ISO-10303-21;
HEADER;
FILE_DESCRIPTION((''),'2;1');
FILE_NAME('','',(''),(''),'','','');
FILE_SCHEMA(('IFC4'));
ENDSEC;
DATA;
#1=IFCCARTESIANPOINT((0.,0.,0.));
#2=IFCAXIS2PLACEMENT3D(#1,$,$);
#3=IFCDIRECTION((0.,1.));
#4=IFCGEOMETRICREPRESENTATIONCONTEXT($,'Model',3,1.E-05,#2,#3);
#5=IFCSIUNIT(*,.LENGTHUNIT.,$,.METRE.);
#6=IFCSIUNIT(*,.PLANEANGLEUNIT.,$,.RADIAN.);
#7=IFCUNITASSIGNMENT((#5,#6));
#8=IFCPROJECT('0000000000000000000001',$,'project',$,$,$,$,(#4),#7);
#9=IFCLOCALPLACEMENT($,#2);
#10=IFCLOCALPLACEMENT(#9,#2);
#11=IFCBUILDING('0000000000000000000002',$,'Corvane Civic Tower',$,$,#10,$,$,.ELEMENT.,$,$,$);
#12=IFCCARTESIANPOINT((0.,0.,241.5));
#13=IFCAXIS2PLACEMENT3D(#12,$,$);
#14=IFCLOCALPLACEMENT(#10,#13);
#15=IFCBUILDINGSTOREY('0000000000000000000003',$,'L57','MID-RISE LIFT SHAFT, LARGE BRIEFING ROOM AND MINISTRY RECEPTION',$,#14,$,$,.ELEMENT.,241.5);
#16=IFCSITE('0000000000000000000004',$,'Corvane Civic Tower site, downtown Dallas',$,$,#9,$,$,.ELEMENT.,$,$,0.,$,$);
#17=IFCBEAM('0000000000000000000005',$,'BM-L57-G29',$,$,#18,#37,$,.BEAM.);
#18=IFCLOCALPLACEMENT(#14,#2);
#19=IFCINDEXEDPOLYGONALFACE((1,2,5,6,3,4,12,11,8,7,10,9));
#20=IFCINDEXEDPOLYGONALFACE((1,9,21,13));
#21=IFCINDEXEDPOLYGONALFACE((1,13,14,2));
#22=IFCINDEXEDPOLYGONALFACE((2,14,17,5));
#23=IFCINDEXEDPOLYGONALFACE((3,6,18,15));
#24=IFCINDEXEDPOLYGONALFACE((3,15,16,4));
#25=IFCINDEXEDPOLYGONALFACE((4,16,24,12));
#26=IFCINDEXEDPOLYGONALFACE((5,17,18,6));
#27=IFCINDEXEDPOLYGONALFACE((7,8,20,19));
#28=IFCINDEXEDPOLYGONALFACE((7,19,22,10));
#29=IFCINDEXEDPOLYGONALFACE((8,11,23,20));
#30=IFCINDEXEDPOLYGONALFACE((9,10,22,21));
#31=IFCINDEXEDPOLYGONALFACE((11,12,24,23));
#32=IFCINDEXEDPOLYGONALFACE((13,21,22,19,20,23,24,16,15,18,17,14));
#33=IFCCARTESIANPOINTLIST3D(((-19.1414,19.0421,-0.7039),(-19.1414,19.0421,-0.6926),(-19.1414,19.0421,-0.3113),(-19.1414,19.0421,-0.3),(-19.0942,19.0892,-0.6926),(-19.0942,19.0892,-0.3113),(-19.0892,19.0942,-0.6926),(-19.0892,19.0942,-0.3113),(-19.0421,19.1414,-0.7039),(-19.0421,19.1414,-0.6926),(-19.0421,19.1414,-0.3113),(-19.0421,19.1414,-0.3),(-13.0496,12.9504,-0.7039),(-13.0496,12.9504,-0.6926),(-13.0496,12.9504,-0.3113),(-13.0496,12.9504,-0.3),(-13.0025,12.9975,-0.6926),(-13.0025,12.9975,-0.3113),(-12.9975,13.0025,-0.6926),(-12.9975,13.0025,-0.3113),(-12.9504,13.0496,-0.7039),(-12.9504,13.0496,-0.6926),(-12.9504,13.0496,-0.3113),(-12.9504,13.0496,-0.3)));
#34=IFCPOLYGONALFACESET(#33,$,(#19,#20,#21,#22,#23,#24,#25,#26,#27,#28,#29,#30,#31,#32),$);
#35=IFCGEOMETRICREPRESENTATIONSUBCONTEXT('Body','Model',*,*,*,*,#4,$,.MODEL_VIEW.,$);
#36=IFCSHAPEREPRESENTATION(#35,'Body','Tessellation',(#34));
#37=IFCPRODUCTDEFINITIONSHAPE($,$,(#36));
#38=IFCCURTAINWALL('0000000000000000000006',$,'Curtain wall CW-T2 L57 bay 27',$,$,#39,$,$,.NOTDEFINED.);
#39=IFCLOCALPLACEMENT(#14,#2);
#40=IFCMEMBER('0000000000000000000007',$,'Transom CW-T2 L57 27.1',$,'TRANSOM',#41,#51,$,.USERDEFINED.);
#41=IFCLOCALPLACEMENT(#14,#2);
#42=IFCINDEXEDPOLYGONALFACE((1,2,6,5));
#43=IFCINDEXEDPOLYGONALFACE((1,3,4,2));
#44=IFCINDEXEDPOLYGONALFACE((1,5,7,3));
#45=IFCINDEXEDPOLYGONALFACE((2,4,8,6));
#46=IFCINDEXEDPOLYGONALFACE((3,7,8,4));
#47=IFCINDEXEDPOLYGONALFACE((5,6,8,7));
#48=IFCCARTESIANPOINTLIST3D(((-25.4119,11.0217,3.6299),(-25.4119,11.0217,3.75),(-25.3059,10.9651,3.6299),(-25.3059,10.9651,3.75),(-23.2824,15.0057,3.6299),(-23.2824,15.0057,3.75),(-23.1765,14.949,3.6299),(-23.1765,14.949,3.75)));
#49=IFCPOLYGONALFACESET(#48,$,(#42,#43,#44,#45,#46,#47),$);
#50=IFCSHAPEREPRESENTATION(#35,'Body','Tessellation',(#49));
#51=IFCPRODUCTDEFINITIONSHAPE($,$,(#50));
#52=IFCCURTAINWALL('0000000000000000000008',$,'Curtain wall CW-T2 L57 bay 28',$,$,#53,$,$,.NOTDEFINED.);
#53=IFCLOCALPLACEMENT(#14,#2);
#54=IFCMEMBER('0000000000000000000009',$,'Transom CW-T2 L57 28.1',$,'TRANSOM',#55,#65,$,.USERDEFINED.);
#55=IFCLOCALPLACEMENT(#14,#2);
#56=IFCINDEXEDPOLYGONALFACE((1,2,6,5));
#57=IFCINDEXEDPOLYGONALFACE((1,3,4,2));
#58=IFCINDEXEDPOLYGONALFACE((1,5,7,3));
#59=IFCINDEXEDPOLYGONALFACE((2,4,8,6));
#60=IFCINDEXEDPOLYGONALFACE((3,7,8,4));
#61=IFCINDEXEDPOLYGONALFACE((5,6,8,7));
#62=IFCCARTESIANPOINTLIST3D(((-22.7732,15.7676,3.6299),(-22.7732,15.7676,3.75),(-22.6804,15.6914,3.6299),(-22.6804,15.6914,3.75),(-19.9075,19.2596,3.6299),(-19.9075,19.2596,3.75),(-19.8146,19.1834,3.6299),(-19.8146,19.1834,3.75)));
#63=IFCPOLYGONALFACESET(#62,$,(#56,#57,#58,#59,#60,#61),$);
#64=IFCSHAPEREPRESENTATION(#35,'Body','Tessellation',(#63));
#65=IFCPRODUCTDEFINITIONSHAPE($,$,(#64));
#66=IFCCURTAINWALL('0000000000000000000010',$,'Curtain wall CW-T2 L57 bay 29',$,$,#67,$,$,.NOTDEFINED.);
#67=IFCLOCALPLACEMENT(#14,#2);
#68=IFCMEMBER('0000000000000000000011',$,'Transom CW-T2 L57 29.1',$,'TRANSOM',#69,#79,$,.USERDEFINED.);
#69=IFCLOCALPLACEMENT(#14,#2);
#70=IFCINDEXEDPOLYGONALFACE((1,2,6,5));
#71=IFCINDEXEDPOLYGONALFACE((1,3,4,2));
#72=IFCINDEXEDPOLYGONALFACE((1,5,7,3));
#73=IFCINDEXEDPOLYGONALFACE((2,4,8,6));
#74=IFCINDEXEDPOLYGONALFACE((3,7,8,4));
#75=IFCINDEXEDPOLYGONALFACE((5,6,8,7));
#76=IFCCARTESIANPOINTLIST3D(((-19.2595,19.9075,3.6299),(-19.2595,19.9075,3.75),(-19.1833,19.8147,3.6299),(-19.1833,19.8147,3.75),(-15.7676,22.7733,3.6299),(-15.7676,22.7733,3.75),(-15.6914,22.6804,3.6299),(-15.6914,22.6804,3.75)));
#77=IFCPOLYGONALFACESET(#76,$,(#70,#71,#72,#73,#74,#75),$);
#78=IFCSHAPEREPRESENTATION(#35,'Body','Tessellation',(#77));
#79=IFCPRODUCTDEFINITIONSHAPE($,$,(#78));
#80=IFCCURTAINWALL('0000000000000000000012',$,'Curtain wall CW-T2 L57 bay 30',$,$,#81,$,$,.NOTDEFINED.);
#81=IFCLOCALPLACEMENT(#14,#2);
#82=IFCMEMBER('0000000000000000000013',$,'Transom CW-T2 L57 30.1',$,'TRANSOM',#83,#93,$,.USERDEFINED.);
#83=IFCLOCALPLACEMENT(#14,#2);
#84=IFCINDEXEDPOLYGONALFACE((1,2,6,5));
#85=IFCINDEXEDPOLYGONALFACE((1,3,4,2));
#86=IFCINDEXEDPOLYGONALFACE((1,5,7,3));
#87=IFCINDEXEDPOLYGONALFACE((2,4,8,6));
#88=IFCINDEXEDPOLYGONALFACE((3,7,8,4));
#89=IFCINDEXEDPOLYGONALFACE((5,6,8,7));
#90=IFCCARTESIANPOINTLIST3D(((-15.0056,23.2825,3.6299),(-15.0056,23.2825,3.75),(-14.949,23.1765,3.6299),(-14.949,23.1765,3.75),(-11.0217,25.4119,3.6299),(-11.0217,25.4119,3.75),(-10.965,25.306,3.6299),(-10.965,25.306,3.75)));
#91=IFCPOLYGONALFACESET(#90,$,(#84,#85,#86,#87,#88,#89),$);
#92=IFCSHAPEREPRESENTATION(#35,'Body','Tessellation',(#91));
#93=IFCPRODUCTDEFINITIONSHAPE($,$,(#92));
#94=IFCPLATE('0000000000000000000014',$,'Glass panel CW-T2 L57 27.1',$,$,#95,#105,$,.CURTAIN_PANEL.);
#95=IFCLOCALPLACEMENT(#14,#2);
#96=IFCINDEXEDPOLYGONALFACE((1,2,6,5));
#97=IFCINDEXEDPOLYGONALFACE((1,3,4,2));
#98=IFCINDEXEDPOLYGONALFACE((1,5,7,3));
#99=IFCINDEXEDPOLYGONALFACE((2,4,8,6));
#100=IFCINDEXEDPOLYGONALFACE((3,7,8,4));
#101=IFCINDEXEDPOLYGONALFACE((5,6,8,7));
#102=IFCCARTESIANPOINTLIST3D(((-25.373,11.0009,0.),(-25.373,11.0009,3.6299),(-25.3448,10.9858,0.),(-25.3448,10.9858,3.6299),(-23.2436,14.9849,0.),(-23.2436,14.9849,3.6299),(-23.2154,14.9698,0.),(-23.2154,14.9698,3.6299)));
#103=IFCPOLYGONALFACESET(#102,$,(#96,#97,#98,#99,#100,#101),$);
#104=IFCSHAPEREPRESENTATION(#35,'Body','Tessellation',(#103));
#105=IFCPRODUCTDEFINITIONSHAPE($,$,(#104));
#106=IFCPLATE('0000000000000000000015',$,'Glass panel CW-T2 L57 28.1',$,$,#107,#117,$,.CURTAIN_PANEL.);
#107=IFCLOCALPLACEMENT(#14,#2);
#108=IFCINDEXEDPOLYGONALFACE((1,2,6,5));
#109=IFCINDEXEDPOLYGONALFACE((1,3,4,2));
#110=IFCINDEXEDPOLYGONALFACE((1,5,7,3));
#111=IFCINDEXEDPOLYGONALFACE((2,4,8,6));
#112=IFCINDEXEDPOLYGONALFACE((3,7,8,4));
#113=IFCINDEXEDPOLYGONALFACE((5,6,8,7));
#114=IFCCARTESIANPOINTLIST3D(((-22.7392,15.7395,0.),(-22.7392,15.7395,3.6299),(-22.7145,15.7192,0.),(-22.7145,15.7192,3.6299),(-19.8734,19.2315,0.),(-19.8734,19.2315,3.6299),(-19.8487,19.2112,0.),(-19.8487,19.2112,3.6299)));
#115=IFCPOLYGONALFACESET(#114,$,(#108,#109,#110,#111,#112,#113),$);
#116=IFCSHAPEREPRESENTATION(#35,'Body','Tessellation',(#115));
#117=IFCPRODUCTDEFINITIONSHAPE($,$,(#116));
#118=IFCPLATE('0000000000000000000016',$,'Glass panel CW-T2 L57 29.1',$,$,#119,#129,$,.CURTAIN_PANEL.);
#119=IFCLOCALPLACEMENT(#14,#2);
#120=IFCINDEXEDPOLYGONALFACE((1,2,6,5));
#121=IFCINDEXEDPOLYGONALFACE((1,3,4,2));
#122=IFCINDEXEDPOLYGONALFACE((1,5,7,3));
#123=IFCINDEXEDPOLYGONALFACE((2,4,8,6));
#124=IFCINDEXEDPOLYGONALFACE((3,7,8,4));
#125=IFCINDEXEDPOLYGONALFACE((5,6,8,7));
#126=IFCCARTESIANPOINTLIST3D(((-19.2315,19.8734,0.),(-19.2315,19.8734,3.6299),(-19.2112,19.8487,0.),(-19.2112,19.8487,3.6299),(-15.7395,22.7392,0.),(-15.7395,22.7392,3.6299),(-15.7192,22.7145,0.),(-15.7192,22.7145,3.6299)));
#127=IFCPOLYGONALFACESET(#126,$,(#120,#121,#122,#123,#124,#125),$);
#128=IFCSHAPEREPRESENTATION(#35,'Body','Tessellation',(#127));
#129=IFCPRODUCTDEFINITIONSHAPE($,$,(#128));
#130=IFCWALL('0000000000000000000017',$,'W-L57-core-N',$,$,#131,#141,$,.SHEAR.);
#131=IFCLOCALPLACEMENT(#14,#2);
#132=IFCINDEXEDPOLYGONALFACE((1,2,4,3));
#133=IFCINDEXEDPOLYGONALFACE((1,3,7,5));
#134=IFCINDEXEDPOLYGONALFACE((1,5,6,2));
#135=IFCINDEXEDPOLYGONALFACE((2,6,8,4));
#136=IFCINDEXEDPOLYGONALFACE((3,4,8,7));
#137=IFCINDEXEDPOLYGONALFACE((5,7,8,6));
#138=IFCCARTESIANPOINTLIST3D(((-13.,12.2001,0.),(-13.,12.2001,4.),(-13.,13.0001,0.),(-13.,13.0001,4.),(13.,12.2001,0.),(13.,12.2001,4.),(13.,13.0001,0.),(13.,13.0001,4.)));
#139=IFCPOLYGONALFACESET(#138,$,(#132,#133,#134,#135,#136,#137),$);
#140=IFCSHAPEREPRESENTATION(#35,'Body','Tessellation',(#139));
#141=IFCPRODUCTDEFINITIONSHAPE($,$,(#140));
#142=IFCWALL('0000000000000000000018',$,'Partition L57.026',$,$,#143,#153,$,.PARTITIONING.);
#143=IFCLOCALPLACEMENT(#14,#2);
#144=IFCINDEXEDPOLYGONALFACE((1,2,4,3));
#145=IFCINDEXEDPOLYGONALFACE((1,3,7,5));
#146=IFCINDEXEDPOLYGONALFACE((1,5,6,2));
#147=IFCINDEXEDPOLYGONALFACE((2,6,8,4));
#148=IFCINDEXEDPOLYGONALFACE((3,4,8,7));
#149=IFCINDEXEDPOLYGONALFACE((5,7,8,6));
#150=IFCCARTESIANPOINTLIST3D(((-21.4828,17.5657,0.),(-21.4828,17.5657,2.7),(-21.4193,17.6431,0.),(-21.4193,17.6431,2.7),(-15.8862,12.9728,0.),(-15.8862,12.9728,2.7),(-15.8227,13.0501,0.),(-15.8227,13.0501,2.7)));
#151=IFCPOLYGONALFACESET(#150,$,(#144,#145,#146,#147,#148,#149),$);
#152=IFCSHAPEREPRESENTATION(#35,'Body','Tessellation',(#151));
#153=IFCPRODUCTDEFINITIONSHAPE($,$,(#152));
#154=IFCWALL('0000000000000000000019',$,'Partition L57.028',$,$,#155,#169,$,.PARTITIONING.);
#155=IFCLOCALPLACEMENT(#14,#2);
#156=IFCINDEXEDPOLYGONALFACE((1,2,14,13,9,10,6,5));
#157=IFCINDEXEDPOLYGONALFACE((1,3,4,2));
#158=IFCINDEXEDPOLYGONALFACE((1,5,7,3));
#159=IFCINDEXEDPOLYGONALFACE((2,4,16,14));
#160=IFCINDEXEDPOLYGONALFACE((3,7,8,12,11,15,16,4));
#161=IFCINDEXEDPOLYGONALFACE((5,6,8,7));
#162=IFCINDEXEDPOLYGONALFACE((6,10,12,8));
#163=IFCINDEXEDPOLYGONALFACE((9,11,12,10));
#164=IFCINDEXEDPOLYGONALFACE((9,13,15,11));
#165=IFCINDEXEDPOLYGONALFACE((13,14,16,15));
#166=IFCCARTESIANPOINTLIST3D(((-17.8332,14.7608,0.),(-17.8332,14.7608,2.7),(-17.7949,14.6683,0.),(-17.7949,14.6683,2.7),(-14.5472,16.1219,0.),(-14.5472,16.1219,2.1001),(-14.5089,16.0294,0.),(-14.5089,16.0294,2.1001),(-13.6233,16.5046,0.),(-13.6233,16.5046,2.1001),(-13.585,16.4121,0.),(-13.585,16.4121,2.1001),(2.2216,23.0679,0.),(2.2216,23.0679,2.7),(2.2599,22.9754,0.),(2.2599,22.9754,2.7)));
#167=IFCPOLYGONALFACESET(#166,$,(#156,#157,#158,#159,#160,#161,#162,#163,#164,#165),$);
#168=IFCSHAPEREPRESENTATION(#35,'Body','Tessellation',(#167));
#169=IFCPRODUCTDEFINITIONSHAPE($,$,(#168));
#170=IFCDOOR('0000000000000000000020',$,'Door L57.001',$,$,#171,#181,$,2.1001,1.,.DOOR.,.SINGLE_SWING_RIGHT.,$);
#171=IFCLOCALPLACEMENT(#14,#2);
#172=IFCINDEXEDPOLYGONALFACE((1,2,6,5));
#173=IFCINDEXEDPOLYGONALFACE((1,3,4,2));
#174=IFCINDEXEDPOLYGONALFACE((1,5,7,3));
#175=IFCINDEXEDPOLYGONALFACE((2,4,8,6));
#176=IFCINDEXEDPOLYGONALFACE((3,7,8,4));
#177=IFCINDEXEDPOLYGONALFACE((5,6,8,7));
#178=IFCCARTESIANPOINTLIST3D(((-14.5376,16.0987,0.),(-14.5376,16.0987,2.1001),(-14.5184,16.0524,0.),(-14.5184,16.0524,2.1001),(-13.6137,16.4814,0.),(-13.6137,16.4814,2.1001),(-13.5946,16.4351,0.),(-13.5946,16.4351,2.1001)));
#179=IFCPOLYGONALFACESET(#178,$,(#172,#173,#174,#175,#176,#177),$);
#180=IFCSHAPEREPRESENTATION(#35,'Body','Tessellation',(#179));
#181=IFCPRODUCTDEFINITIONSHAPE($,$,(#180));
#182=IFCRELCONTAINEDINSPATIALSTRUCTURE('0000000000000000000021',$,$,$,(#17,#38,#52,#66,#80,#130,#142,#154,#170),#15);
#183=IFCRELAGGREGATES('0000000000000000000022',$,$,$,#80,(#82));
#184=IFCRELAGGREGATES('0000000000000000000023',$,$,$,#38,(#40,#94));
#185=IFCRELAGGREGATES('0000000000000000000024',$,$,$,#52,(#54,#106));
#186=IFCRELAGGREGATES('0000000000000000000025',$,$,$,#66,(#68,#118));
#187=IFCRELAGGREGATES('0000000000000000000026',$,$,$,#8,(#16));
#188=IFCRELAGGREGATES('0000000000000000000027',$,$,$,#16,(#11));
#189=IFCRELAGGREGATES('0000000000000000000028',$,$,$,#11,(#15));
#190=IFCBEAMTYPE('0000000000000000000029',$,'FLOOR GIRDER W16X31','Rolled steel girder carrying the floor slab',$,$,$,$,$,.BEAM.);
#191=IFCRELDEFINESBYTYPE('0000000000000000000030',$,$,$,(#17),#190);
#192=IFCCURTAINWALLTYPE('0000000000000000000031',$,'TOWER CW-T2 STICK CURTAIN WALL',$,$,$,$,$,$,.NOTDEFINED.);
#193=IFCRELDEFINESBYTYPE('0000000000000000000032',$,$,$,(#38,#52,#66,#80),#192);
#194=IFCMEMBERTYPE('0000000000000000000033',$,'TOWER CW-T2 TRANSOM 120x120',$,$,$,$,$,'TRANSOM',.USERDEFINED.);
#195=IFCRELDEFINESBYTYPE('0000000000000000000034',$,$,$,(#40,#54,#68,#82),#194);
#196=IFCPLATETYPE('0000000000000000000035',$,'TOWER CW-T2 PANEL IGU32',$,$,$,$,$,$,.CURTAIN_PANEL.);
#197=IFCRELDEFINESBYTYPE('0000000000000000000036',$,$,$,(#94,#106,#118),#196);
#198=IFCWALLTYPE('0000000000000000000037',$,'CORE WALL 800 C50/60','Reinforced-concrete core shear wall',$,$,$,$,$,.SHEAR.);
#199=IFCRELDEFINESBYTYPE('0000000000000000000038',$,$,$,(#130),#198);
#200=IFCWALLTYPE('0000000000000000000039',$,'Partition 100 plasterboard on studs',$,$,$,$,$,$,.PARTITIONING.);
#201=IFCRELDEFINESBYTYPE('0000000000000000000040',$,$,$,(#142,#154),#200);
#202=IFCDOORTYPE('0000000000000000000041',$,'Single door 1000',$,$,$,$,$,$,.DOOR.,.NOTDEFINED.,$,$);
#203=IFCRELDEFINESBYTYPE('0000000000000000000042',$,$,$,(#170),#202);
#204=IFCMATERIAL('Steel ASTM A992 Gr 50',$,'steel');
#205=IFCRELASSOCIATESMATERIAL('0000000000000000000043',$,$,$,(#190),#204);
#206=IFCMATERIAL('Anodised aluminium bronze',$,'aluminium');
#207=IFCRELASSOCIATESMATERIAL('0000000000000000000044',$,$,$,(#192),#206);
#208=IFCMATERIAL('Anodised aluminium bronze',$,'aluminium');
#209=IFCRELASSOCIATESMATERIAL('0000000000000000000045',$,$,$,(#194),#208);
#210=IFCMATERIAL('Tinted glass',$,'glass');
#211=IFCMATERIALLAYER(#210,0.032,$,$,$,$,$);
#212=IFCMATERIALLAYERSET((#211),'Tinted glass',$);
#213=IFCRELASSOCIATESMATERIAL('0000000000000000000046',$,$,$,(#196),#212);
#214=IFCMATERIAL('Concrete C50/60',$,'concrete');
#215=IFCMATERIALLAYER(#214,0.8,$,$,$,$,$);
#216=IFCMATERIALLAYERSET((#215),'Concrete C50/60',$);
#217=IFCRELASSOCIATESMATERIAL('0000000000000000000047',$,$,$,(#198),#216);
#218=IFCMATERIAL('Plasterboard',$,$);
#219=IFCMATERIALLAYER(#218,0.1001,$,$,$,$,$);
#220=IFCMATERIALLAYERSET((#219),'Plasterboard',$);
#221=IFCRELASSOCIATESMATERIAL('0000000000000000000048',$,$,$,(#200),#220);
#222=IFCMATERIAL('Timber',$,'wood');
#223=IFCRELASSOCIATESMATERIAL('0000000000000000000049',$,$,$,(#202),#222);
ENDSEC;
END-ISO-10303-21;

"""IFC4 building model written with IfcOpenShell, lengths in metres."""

from ifc_helpers import new_model, si_unit, direction, frame, frame_2d, origin, origin_2d, place, context, subcontext, project, spatial, rectangle, i_section, extrude, material, layer, layer_set, material_profile, profile_set, type_object, element, fill, aggregate, save


model = new_model("IFC4")

# Units and contexts
model_context = context("Model", 3, precision=1e-05, world=origin(), true_north=direction((0.0, 1.0)))
body_context = subcontext(model_context, "Body", "Model", "MODEL_VIEW")
ifc_project = project(units=[si_unit("LENGTHUNIT", "METRE"), si_unit("PLANEANGLEUNIT", "RADIAN")], contexts=[model_context])

# Site, building, storey
site_placement = place(None, origin())
site = spatial("IfcSite", under=ifc_project, at=site_placement, Name="Corvane Civic Tower site, downtown Dallas", CompositionType="ELEMENT", RefElevation=0.0)
building_placement = place(site_placement, origin())
building = spatial("IfcBuilding", under=site, at=building_placement, Name="Corvane Civic Tower", CompositionType="ELEMENT")
storey_placement = place(building_placement, frame((0.0, 0.0, 241.5)))
storey = spatial("IfcBuildingStorey", under=building, at=storey_placement, Name="L57", Description="MID-RISE LIFT SHAFT, LARGE BRIEFING ROOM AND MINISTRY RECEPTION", CompositionType="ELEMENT", Elevation=241.5)

# Beam
ifc_material_1 = material(Name="Steel ASTM A992 Gr 50", Category="steel")
ifc_material_profile_1 = material_profile(ifc_material_1, i_section(OverallWidth=0.1404, OverallDepth=0.4038, WebThickness=0.0071, FlangeThickness=0.0112, at=origin_2d()), Name="W16X31")
ifc_profile_set_1 = profile_set([ifc_material_profile_1], Name="Steel ASTM A992 Gr 50")
beam_type_1 = type_object("IfcBeamType", Name="FLOOR GIRDER W16X31", Description="Rolled steel girder carrying the floor slab", PredefinedType="BEAM", material=ifc_profile_set_1)
beam_placement = place(storey_placement, frame((-13.0, 13.0, -0.502), z_axis=(-0.707107, 0.707107, 0.0), x_axis=(-0.707107, -0.707107, 0.0)))
element("IfcBeam", 1, at=beam_placement, inside=storey, type_object=beam_type_1, Name="BM-L57-G29", PredefinedType="BEAM", context=body_context, shape_type="SweptSolid", body=[
    extrude(i_section(OverallWidth=0.1404, OverallDepth=0.4038, WebThickness=0.0071, FlangeThickness=0.0112, at=origin_2d()), origin(), (0.0, 0.0, 1.0), 8.615),
])

# Curtain walls, members
ifc_material_2 = material(Name="Anodised aluminium bronze", Category="aluminium")
curtain_wall_type = type_object("IfcCurtainWallType", Name="TOWER CW-T2 STICK CURTAIN WALL", PredefinedType="NOTDEFINED", material=ifc_material_2)
curtain_wall_1_placement = place(storey_placement, origin())
curtain_wall_1 = element("IfcCurtainWall", 2, at=curtain_wall_1_placement, inside=storey, type_object=curtain_wall_type, Name="Curtain wall CW-T2 L57 bay 27", PredefinedType="NOTDEFINED")
ifc_material_3 = material(Name="Anodised aluminium bronze", Category="aluminium")
ifc_material_profile_2 = material_profile(ifc_material_3, rectangle(XDim=0.1201, YDim=0.1201, at=origin_2d()), Name="TOWER CW-T2 TRANSOM 120x120")
ifc_profile_set_2 = profile_set([ifc_material_profile_2], Name="Anodised aluminium bronze")
member_type = type_object("IfcMemberType", Name="TOWER CW-T2 TRANSOM 120x120", ElementType="TRANSOM", PredefinedType="USERDEFINED", material=ifc_profile_set_2)
member_1_placement = place(storey_placement, frame((-25.3589, 10.9934, 3.6899), z_axis=(0.47139, 0.881925, 0.0), x_axis=(-0.881925, 0.47139, 0.0)))
member_1 = element("IfcMember", 3, at=member_1_placement, type_object=member_type, Name="Transom CW-T2 L57 27.1", ObjectType="TRANSOM", PredefinedType="USERDEFINED", context=body_context, shape_type="SweptSolid", body=[
    extrude(rectangle(XDim=0.1201, YDim=0.1201, at=origin_2d()), origin(), (0.0, 0.0, 1.0), 4.5173),
])
curtain_wall_2_placement = place(storey_placement, origin())
curtain_wall_2 = element("IfcCurtainWall", 4, at=curtain_wall_2_placement, inside=storey, type_object=curtain_wall_type, Name="Curtain wall CW-T2 L57 bay 28", PredefinedType="NOTDEFINED")
member_2_placement = place(storey_placement, frame((-22.7268, 15.7295, 3.6899), z_axis=(0.634388, 0.773015, 0.0), x_axis=(-0.773015, 0.634388, 0.0)))
member_2 = element("IfcMember", 5, at=member_2_placement, type_object=member_type, Name="Transom CW-T2 L57 28.1", ObjectType="TRANSOM", PredefinedType="USERDEFINED", context=body_context, shape_type="SweptSolid", body=[
    extrude(rectangle(XDim=0.1201, YDim=0.1201, at=origin_2d()), origin(), (0.0, 0.0, 1.0), 4.5173),
])
curtain_wall_3_placement = place(storey_placement, origin())
curtain_wall_3 = element("IfcCurtainWall", 6, at=curtain_wall_3_placement, inside=storey, type_object=curtain_wall_type, Name="Curtain wall CW-T2 L57 bay 29", PredefinedType="NOTDEFINED")
member_3_placement = place(storey_placement, frame((-19.2214, 19.8611, 3.6899), z_axis=(0.773015, 0.634388, 0.0), x_axis=(-0.634388, 0.773015, 0.0)))
member_3 = element("IfcMember", 7, at=member_3_placement, type_object=member_type, Name="Transom CW-T2 L57 29.1", ObjectType="TRANSOM", PredefinedType="USERDEFINED", context=body_context, shape_type="SweptSolid", body=[
    extrude(rectangle(XDim=0.1201, YDim=0.1201, at=origin_2d()), origin(), (0.0, 0.0, 1.0), 4.5173),
])
curtain_wall_4_placement = place(storey_placement, origin())
curtain_wall_4 = element("IfcCurtainWall", 8, at=curtain_wall_4_placement, inside=storey, type_object=curtain_wall_type, Name="Curtain wall CW-T2 L57 bay 30", PredefinedType="NOTDEFINED")
member_4_placement = place(storey_placement, frame((-14.9773, 23.2295, 3.6899), z_axis=(0.881925, 0.47139, 0.0), x_axis=(-0.47139, 0.881925, 0.0)))
member_4 = element("IfcMember", 9, at=member_4_placement, type_object=member_type, Name="Transom CW-T2 L57 30.1", ObjectType="TRANSOM", PredefinedType="USERDEFINED", context=body_context, shape_type="SweptSolid", body=[
    extrude(rectangle(XDim=0.1201, YDim=0.1201, at=origin_2d()), origin(), (0.0, 0.0, 1.0), 4.5173),
])
aggregate(curtain_wall_4, [member_4])

# Plates
ifc_material_4 = material(Name="Tinted glass", Category="glass")
ifc_layer_1 = layer(ifc_material_4, 0.032)
ifc_layer_set_1 = layer_set([ifc_layer_1], Name="Tinted glass")
plate_type = type_object("IfcPlateType", Name="TOWER CW-T2 PANEL IGU32", PredefinedType="CURTAIN_PANEL", material=ifc_layer_set_1)
plate_1_placement = place(storey_placement, frame((-24.2942, 12.9854, 0.0), z_axis=(0.0, 0.0, 1.0), x_axis=(0.471398, 0.88192, 0.0)))
plate_1 = element("IfcPlate", 10, at=plate_1_placement, type_object=plate_type, Name="Glass panel CW-T2 L57 27.1", PredefinedType="CURTAIN_PANEL", context=body_context, shape_type="SweptSolid", body=[
    extrude(rectangle(XDim=4.5173, YDim=0.032, at=origin_2d()), origin(), (0.0, 0.0, 1.0), 3.6299),
])
aggregate(curtain_wall_1, [member_1, plate_1])
plate_2_placement = place(storey_placement, frame((-21.2939, 17.4753, 0.0), z_axis=(0.0, 0.0, 1.0), x_axis=(0.634391, 0.773012, 0.0)))
plate_2 = element("IfcPlate", 11, at=plate_2_placement, type_object=plate_type, Name="Glass panel CW-T2 L57 28.1", PredefinedType="CURTAIN_PANEL", context=body_context, shape_type="SweptSolid", body=[
    extrude(rectangle(XDim=4.5173, YDim=0.032, at=origin_2d()), origin(), (0.0, 0.0, 1.0), 3.6299),
])
aggregate(curtain_wall_2, [member_2, plate_2])
plate_3_placement = place(storey_placement, frame((-17.4753, 21.2939, 0.0), z_axis=(0.0, 0.0, 1.0), x_axis=(0.773012, 0.634391, 0.0)))
plate_3 = element("IfcPlate", 12, at=plate_3_placement, type_object=plate_type, Name="Glass panel CW-T2 L57 29.1", PredefinedType="CURTAIN_PANEL", context=body_context, shape_type="SweptSolid", body=[
    extrude(rectangle(XDim=4.5173, YDim=0.032, at=origin_2d()), origin(), (0.0, 0.0, 1.0), 3.6299),
])
aggregate(curtain_wall_3, [member_3, plate_3])

# Walls
ifc_material_5 = material(Name="Concrete C50/60", Category="concrete")
ifc_layer_2 = layer(ifc_material_5, 0.8)
ifc_layer_set_2 = layer_set([ifc_layer_2], Name="Concrete C50/60")
wall_type_1 = type_object("IfcWallType", Name="CORE WALL 800 C50/60", Description="Reinforced-concrete core shear wall", PredefinedType="SHEAR", material=ifc_layer_set_2)
wall_1_placement = place(storey_placement, frame((-13.0, 12.6001, 0.0), z_axis=(0.0, 0.0, 1.0), x_axis=(1.0, 0.0, 0.0)))
element("IfcWall", 13, at=wall_1_placement, inside=storey, type_object=wall_type_1, Name="W-L57-core-N", PredefinedType="SHEAR", context=body_context, shape_type="SweptSolid", body=[
    extrude(rectangle(XDim=26.0, YDim=0.8, at=frame_2d((13.0, 0.0))), origin(), (0.0, 0.0, 1.0), 4.0),
])
ifc_material_6 = material(Name="Plasterboard")
ifc_layer_3 = layer(ifc_material_6, 0.1001)
ifc_layer_set_3 = layer_set([ifc_layer_3], Name="Plasterboard")
wall_type_2 = type_object("IfcWallType", Name="Partition 100 plasterboard on studs", PredefinedType="PARTITIONING", material=ifc_layer_set_3)
wall_2_placement = place(storey_placement, frame((-21.4512, 17.6045, 0.0), z_axis=(0.0, 0.0, 1.0), x_axis=(0.773014, -0.634388, 0.0)))
element("IfcWall", 14, at=wall_2_placement, inside=storey, type_object=wall_type_2, Name="Partition L57.026", PredefinedType="PARTITIONING", context=body_context, shape_type="SweptSolid", body=[
    extrude(rectangle(XDim=7.24, YDim=0.1001, at=frame_2d((3.6201, 0.0))), origin(), (0.0, 0.0, 1.0), 2.7),
])

# Wall, opening, door
wall_3_placement = place(storey_placement, frame((-17.814, 14.7146, 0.0), z_axis=(0.0, 0.0, 1.0), x_axis=(0.923878, 0.382688, 0.0)))
wall_3 = element("IfcWall", 15, at=wall_3_placement, inside=storey, type_object=wall_type_2, Name="Partition L57.028", PredefinedType="PARTITIONING", context=body_context, shape_type="SweptSolid", body=[
    extrude(rectangle(XDim=21.7073, YDim=0.1001, at=frame_2d((10.8535, 0.0))), origin(), (0.0, 0.0, 1.0), 2.7),
])
opening_1_placement = place(wall_3_placement, frame((3.5566, 0.0, 0.0)))
opening_1 = element("IfcOpeningElement", 16, at=opening_1_placement, cuts=wall_3, PredefinedType="OPENING", context=body_context, shape_type="SweptSolid", body=[
    extrude(rectangle(XDim=1.0, YDim=2.1001, at=frame_2d((0.5, 1.05))), frame((0.0, 0.0601, 0.0), z_axis=(0.0, -1.0, 0.0), x_axis=(1.0, 0.0, 0.0)), (0.0, 0.0, 1.0), 0.1201),
])
ifc_material_7 = material(Name="Timber", Category="wood")
door_type_1 = type_object("IfcDoorType", Name="Single door 1000", OperationType="NOTDEFINED", PredefinedType="DOOR", material=ifc_material_7)
door_1_placement = place(opening_1_placement, origin())
door_1 = element("IfcDoor", 17, at=door_1_placement, inside=storey, type_object=door_type_1, Name="Door L57.001", OperationType="SINGLE_SWING_RIGHT", OverallHeight=2.1001, OverallWidth=1.0, PredefinedType="DOOR", context=body_context, shape_type="SweptSolid", body=[
    extrude(rectangle(XDim=1.0, YDim=2.1001, at=frame_2d((0.5, 1.05))), frame((0.0, 0.0249, 0.0), z_axis=(0.0, -1.0, 0.0), x_axis=(1.0, 0.0, 0.0)), (0.0, 0.0, 1.0), 0.05),
])
fill(opening_1, door_1)

save(model, "model.ifc")
